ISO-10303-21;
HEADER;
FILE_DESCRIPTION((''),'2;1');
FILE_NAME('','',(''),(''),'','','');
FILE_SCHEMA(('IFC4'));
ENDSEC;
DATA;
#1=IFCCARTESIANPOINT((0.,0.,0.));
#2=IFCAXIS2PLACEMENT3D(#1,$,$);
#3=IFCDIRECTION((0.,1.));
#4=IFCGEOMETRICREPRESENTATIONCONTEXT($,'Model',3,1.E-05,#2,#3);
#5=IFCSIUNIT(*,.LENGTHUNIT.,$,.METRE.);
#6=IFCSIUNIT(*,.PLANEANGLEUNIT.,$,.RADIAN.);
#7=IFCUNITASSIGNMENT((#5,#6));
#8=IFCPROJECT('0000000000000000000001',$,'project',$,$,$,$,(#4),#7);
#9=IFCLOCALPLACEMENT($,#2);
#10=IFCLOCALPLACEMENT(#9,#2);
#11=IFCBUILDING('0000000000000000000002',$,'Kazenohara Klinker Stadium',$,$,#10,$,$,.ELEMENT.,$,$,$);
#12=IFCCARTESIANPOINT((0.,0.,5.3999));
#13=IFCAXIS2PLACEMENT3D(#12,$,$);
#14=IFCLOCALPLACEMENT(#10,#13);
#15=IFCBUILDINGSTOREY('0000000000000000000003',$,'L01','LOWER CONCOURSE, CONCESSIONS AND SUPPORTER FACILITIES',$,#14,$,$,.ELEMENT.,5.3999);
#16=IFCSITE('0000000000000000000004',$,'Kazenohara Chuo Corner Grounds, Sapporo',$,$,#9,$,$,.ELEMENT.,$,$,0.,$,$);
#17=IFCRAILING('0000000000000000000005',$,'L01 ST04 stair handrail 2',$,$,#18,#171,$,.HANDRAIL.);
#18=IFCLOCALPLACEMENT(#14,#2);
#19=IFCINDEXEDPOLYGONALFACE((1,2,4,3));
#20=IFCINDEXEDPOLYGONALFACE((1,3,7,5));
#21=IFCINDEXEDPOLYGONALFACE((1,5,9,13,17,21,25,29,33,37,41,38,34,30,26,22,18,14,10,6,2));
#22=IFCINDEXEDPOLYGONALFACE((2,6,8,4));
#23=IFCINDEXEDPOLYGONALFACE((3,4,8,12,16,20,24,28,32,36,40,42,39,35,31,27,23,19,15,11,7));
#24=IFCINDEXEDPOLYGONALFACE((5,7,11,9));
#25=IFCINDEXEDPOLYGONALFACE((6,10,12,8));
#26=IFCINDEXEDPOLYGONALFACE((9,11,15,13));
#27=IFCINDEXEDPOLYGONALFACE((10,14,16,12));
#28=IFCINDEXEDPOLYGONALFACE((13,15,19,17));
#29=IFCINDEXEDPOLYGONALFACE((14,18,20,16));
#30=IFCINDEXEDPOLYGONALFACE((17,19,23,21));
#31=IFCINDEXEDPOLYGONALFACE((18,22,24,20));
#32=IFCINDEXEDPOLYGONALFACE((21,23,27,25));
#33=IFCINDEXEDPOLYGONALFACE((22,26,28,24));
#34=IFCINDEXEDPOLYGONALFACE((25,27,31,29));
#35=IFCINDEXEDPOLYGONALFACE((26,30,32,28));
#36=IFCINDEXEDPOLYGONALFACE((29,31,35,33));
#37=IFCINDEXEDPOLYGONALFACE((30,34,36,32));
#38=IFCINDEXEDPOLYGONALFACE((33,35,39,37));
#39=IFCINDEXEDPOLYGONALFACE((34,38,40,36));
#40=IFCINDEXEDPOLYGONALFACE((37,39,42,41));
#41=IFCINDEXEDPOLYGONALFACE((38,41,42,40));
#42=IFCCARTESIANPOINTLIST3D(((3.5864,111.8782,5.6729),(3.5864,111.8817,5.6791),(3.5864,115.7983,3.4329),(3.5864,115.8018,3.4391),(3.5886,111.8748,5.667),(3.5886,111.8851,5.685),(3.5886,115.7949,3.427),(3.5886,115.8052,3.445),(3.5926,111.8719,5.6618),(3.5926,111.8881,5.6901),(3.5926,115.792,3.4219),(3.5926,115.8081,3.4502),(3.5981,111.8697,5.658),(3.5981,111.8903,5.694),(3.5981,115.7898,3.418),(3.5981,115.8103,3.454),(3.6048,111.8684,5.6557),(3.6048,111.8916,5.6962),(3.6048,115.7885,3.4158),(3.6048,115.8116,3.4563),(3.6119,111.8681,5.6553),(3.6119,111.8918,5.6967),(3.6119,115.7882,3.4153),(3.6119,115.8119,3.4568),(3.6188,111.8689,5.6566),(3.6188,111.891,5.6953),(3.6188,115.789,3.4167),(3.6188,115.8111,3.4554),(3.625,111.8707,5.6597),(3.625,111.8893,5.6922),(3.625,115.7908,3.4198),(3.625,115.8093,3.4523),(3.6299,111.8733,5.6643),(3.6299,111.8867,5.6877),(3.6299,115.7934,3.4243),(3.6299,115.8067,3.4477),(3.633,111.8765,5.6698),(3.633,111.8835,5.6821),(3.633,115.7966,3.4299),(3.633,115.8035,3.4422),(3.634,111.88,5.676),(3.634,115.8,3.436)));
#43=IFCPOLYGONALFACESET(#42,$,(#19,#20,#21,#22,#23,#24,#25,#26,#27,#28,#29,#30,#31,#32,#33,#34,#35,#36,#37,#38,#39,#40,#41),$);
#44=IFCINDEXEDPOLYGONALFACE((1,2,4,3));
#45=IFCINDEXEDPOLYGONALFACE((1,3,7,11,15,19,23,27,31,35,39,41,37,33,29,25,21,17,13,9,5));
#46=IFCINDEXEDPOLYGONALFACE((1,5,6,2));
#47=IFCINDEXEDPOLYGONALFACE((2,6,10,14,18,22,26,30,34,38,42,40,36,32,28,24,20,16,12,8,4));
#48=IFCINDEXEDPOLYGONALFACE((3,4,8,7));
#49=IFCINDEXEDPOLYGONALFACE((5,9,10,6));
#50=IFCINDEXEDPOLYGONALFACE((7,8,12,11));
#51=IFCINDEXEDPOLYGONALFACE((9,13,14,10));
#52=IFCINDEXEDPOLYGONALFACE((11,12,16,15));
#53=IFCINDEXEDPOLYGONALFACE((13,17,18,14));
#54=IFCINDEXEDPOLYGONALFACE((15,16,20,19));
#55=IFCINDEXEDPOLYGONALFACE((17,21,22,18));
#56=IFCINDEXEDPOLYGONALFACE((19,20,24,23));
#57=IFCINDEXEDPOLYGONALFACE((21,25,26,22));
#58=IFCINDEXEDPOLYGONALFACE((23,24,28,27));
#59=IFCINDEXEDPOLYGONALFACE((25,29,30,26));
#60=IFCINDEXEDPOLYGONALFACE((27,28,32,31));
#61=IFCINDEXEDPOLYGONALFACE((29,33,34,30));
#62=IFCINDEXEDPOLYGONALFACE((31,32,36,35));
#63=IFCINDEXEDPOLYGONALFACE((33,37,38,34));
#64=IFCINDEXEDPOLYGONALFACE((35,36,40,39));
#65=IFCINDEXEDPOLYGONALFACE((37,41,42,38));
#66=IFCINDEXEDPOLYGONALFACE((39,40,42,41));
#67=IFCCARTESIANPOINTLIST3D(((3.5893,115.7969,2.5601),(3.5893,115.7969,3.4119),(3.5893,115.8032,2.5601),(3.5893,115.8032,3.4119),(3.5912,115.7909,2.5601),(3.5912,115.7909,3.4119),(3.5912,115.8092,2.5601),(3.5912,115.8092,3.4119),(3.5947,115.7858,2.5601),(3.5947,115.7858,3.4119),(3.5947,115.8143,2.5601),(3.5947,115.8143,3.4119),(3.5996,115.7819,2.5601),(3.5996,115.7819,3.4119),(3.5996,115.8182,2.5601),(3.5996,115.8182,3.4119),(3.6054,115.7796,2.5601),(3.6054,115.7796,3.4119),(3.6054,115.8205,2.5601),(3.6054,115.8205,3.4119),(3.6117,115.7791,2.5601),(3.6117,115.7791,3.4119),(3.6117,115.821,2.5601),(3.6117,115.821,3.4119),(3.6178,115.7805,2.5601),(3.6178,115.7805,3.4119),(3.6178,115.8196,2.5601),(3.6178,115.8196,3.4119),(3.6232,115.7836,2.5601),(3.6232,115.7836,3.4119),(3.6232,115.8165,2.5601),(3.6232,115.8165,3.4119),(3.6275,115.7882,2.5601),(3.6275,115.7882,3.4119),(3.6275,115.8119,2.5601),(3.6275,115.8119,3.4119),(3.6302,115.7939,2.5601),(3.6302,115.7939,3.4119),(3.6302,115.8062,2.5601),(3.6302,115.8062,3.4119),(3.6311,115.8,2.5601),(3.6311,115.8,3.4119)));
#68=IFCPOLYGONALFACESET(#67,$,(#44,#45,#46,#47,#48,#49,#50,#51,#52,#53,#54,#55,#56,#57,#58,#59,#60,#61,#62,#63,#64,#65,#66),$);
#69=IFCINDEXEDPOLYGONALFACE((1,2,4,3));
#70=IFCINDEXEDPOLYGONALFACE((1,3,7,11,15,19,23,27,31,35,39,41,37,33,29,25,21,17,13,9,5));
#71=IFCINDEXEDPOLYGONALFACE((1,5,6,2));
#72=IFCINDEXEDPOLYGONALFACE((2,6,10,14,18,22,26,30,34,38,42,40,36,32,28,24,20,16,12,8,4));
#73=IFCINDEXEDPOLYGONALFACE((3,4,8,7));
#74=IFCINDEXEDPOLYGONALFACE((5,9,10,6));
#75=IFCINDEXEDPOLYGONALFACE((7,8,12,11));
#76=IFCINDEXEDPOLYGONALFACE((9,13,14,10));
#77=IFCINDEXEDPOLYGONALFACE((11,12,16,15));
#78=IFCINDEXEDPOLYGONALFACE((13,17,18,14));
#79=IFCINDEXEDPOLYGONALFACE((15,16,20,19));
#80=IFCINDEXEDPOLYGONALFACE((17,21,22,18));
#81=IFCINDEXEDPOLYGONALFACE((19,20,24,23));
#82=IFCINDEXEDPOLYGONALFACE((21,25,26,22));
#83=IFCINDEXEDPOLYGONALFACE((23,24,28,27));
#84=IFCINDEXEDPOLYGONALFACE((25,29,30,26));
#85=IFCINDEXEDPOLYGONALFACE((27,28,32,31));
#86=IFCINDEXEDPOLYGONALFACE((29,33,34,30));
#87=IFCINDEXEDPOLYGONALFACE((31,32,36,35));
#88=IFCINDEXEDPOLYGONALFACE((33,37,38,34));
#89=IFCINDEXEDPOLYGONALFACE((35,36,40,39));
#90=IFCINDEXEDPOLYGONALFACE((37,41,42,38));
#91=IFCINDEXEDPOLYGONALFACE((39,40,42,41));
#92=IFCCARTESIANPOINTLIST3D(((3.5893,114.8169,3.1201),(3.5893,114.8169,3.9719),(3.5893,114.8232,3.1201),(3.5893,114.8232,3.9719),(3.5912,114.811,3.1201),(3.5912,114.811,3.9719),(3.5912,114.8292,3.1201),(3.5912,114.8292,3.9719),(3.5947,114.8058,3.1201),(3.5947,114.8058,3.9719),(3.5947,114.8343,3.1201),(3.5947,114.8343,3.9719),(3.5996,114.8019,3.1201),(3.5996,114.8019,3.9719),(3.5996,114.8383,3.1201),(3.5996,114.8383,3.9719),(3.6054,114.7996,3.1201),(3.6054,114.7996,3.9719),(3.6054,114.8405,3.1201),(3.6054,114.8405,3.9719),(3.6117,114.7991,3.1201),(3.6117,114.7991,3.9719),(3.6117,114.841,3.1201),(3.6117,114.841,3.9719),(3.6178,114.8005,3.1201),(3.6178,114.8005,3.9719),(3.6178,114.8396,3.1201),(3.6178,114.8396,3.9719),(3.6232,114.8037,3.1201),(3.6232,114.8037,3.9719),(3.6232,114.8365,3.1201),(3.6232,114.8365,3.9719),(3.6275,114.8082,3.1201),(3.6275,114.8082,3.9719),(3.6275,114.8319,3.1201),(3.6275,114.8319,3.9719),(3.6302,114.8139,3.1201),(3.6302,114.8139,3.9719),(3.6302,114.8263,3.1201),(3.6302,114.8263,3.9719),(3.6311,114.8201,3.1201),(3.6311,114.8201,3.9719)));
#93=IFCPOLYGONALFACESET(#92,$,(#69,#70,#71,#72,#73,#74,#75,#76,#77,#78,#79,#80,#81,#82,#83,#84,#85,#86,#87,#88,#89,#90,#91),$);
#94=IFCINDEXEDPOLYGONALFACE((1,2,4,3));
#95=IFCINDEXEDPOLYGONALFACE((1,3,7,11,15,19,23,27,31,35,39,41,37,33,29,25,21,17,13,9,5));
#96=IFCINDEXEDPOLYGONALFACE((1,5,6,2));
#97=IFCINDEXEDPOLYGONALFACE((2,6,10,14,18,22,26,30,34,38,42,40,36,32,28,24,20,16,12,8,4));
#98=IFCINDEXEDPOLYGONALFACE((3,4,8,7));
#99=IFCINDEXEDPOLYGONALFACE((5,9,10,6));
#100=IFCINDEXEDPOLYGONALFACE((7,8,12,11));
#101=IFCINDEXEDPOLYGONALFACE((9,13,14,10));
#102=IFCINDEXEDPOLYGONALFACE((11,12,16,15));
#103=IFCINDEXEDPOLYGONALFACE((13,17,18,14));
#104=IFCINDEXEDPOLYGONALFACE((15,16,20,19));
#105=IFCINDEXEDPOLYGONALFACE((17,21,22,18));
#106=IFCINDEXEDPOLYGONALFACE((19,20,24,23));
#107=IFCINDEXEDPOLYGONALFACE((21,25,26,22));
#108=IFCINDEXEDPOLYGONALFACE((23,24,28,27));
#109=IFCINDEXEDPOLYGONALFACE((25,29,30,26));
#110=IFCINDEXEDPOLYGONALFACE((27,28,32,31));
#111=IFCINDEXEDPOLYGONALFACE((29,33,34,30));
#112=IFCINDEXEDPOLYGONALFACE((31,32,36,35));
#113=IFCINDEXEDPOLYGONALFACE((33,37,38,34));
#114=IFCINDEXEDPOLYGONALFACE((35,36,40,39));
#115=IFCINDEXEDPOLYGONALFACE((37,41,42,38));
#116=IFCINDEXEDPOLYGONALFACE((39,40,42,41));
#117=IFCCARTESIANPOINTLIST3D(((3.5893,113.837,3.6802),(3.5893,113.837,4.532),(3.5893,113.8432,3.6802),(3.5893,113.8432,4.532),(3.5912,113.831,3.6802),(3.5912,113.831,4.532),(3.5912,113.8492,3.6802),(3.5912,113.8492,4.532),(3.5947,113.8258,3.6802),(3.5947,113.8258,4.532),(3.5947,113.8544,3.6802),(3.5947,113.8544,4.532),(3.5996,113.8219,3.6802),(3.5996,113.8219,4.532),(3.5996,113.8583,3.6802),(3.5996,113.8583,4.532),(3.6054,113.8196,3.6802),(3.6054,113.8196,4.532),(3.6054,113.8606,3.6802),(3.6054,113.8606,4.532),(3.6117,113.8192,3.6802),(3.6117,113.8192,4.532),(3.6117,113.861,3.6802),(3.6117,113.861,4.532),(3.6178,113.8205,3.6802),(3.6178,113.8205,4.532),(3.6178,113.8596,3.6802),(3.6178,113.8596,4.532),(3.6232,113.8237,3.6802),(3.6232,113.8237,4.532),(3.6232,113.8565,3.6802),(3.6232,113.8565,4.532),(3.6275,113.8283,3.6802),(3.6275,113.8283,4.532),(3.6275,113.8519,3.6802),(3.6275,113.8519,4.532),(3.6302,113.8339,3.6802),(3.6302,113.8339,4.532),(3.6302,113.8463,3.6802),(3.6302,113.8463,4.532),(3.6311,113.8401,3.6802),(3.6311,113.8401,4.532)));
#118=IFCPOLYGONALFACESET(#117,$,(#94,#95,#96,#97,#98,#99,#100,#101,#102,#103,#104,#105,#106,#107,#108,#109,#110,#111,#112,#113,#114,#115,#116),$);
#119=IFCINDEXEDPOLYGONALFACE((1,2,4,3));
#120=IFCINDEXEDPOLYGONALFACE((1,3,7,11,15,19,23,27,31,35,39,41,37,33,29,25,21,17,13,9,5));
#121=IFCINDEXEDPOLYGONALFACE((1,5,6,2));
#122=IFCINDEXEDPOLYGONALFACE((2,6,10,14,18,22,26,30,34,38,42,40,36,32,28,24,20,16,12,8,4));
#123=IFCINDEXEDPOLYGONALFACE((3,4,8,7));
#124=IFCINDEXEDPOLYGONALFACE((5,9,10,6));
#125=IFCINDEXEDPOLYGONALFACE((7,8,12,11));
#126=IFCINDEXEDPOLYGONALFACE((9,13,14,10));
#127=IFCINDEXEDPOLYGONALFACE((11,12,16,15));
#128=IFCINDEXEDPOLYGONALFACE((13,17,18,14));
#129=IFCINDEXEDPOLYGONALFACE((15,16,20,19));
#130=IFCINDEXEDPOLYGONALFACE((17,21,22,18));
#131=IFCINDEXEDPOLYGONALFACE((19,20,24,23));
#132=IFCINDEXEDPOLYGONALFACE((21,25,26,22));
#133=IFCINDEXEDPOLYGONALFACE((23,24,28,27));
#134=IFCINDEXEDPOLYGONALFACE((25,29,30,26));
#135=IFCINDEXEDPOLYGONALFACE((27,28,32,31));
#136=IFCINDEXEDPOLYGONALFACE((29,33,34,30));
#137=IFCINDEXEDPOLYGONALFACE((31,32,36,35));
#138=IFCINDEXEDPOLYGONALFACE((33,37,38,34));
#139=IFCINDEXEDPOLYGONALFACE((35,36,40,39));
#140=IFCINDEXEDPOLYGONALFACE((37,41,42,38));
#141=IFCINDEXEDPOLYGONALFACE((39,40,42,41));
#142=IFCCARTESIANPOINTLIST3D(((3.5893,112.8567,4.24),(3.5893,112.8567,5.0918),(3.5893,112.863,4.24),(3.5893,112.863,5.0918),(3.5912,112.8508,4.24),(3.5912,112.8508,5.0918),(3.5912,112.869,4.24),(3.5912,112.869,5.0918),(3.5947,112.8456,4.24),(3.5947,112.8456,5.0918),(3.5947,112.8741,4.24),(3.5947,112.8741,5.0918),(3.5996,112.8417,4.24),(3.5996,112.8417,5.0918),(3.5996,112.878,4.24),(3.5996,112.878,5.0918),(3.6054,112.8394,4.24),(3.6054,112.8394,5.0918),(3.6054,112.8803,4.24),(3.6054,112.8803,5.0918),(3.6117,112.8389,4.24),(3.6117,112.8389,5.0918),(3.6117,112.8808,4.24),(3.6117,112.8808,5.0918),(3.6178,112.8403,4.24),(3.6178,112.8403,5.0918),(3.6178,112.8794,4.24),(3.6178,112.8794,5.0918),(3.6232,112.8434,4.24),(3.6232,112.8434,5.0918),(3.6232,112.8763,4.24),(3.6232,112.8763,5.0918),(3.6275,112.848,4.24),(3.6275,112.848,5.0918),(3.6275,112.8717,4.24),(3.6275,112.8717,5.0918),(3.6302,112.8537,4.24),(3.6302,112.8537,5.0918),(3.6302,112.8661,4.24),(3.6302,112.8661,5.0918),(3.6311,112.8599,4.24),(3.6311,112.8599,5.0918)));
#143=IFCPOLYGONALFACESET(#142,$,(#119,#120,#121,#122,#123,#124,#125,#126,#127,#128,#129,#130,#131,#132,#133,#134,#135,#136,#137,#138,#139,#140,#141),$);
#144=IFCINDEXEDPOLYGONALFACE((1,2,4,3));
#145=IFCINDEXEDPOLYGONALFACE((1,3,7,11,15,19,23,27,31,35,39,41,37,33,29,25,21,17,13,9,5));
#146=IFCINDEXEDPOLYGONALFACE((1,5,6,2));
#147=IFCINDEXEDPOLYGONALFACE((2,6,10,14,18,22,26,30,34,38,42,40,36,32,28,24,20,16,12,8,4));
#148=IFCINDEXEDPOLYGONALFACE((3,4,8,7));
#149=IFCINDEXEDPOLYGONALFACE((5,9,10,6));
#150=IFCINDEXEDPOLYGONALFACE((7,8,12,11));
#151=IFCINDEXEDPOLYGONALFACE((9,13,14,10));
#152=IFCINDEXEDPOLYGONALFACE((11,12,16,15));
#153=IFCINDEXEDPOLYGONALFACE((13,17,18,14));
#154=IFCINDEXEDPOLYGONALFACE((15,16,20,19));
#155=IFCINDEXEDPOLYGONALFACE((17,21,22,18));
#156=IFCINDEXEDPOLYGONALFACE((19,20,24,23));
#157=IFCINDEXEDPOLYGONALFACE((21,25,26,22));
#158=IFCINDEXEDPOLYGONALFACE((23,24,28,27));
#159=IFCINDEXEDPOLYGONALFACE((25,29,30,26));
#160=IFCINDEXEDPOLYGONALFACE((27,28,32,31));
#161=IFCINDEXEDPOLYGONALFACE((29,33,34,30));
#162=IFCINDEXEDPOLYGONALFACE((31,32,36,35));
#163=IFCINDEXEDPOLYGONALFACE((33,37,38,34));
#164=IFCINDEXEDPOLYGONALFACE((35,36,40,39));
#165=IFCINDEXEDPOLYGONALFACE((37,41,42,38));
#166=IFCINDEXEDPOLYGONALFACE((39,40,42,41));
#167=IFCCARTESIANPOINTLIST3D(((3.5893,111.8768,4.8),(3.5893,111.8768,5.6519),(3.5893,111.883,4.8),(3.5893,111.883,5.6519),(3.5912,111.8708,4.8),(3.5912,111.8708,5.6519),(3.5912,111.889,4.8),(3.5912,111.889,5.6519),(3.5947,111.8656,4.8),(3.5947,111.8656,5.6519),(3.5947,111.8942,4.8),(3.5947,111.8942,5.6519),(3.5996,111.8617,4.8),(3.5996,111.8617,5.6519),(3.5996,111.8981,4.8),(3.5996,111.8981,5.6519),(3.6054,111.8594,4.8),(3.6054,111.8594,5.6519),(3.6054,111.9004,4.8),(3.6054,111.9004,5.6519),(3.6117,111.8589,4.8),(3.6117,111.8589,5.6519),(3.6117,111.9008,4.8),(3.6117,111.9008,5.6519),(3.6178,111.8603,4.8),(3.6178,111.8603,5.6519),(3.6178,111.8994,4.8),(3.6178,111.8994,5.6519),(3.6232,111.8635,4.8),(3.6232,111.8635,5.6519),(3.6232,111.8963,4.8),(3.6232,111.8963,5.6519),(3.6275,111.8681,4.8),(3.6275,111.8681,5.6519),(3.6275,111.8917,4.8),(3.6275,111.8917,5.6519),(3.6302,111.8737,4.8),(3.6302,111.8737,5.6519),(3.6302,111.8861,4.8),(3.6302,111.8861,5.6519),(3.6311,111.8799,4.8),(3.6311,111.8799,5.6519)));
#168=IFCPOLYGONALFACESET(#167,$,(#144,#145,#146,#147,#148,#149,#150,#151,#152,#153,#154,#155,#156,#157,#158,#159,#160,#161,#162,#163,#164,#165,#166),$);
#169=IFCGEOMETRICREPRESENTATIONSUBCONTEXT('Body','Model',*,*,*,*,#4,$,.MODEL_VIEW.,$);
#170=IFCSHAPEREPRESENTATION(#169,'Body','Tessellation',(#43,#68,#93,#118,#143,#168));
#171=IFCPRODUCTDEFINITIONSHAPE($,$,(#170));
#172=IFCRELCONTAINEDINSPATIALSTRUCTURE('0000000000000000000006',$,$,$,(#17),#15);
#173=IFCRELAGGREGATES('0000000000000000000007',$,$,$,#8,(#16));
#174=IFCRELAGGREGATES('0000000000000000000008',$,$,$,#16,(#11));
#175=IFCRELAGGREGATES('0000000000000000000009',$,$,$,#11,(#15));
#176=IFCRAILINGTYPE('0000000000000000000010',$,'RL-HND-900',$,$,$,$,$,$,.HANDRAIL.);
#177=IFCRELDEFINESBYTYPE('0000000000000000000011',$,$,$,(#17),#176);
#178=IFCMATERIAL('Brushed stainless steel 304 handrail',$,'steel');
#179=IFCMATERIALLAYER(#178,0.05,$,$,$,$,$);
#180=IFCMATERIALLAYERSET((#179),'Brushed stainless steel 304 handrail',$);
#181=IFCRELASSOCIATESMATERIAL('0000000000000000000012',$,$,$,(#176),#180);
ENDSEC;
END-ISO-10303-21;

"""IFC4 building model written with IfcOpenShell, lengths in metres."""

from ifc_helpers import new_model, si_unit, direction, frame, origin, origin_2d, place, context, subcontext, project, spatial, circle, extrude, material, layer, layer_set, type_object, element, save


model = new_model("IFC4")

# Units and contexts
model_context = context("Model", 3, precision=1e-05, world=origin(), true_north=direction((0.0, 1.0)))
body_context = subcontext(model_context, "Body", "Model", "MODEL_VIEW")
ifc_project = project(units=[si_unit("LENGTHUNIT", "METRE"), si_unit("PLANEANGLEUNIT", "RADIAN")], contexts=[model_context])

# Site, building, storey
site_placement = place(None, origin())
site = spatial("IfcSite", under=ifc_project, at=site_placement, Name="Kazenohara Chuo Corner Grounds, Sapporo", CompositionType="ELEMENT", RefElevation=0.0)
building_placement = place(site_placement, origin())
building = spatial("IfcBuilding", under=site, at=building_placement, Name="Kazenohara Klinker Stadium", CompositionType="ELEMENT")
storey_placement = place(building_placement, frame((0.0, 0.0, 5.3999)))
storey = spatial("IfcBuildingStorey", under=building, at=storey_placement, Name="L01", Description="LOWER CONCOURSE, CONCESSIONS AND SUPPORTER FACILITIES", CompositionType="ELEMENT", Elevation=5.3999)

# Railing
ifc_material_1 = material(Name="Brushed stainless steel 304 handrail", Category="steel")
ifc_layer_1 = layer(ifc_material_1, 0.05)
ifc_layer_set_1 = layer_set([ifc_layer_1], Name="Brushed stainless steel 304 handrail")
railing_type_1 = type_object("IfcRailingType", Name="RL-HND-900", PredefinedType="HANDRAIL", material=ifc_layer_set_1)
railing_1_placement = place(storey_placement, frame((3.6101, 115.8, 2.5601)))
element("IfcRailing", 1, at=railing_1_placement, inside=storey, type_object=railing_type_1, Name="L01 ST04 stair handrail 2", PredefinedType="HANDRAIL", context=body_context, shape_type="SweptSolid", body=[
    extrude(circle(Radius=0.0239, at=origin_2d()), frame((0.0, 0.0, 0.876), z_axis=(0.0, -0.868253, 0.496121), x_axis=(1.0, 0.0, 0.0)), (0.0, 0.0, 1.0), 4.5149),
    extrude(circle(Radius=0.021, at=origin_2d()), origin(), (0.0, 0.0, 1.0), 0.8518),
    extrude(circle(Radius=0.021, at=origin_2d()), frame((0.0, -0.98, 0.5601)), (0.0, 0.0, 1.0), 0.8518),
    extrude(circle(Radius=0.021, at=origin_2d()), frame((0.0, -1.96, 1.1201)), (0.0, 0.0, 1.0), 0.8518),
    extrude(circle(Radius=0.021, at=origin_2d()), frame((0.0, -2.9402, 1.6799)), (0.0, 0.0, 1.0), 0.8518),
    extrude(circle(Radius=0.021, at=origin_2d()), frame((0.0, -3.9202, 2.24)), (0.0, 0.0, 1.0), 0.8518),
])

save(model, "model.ifc")
